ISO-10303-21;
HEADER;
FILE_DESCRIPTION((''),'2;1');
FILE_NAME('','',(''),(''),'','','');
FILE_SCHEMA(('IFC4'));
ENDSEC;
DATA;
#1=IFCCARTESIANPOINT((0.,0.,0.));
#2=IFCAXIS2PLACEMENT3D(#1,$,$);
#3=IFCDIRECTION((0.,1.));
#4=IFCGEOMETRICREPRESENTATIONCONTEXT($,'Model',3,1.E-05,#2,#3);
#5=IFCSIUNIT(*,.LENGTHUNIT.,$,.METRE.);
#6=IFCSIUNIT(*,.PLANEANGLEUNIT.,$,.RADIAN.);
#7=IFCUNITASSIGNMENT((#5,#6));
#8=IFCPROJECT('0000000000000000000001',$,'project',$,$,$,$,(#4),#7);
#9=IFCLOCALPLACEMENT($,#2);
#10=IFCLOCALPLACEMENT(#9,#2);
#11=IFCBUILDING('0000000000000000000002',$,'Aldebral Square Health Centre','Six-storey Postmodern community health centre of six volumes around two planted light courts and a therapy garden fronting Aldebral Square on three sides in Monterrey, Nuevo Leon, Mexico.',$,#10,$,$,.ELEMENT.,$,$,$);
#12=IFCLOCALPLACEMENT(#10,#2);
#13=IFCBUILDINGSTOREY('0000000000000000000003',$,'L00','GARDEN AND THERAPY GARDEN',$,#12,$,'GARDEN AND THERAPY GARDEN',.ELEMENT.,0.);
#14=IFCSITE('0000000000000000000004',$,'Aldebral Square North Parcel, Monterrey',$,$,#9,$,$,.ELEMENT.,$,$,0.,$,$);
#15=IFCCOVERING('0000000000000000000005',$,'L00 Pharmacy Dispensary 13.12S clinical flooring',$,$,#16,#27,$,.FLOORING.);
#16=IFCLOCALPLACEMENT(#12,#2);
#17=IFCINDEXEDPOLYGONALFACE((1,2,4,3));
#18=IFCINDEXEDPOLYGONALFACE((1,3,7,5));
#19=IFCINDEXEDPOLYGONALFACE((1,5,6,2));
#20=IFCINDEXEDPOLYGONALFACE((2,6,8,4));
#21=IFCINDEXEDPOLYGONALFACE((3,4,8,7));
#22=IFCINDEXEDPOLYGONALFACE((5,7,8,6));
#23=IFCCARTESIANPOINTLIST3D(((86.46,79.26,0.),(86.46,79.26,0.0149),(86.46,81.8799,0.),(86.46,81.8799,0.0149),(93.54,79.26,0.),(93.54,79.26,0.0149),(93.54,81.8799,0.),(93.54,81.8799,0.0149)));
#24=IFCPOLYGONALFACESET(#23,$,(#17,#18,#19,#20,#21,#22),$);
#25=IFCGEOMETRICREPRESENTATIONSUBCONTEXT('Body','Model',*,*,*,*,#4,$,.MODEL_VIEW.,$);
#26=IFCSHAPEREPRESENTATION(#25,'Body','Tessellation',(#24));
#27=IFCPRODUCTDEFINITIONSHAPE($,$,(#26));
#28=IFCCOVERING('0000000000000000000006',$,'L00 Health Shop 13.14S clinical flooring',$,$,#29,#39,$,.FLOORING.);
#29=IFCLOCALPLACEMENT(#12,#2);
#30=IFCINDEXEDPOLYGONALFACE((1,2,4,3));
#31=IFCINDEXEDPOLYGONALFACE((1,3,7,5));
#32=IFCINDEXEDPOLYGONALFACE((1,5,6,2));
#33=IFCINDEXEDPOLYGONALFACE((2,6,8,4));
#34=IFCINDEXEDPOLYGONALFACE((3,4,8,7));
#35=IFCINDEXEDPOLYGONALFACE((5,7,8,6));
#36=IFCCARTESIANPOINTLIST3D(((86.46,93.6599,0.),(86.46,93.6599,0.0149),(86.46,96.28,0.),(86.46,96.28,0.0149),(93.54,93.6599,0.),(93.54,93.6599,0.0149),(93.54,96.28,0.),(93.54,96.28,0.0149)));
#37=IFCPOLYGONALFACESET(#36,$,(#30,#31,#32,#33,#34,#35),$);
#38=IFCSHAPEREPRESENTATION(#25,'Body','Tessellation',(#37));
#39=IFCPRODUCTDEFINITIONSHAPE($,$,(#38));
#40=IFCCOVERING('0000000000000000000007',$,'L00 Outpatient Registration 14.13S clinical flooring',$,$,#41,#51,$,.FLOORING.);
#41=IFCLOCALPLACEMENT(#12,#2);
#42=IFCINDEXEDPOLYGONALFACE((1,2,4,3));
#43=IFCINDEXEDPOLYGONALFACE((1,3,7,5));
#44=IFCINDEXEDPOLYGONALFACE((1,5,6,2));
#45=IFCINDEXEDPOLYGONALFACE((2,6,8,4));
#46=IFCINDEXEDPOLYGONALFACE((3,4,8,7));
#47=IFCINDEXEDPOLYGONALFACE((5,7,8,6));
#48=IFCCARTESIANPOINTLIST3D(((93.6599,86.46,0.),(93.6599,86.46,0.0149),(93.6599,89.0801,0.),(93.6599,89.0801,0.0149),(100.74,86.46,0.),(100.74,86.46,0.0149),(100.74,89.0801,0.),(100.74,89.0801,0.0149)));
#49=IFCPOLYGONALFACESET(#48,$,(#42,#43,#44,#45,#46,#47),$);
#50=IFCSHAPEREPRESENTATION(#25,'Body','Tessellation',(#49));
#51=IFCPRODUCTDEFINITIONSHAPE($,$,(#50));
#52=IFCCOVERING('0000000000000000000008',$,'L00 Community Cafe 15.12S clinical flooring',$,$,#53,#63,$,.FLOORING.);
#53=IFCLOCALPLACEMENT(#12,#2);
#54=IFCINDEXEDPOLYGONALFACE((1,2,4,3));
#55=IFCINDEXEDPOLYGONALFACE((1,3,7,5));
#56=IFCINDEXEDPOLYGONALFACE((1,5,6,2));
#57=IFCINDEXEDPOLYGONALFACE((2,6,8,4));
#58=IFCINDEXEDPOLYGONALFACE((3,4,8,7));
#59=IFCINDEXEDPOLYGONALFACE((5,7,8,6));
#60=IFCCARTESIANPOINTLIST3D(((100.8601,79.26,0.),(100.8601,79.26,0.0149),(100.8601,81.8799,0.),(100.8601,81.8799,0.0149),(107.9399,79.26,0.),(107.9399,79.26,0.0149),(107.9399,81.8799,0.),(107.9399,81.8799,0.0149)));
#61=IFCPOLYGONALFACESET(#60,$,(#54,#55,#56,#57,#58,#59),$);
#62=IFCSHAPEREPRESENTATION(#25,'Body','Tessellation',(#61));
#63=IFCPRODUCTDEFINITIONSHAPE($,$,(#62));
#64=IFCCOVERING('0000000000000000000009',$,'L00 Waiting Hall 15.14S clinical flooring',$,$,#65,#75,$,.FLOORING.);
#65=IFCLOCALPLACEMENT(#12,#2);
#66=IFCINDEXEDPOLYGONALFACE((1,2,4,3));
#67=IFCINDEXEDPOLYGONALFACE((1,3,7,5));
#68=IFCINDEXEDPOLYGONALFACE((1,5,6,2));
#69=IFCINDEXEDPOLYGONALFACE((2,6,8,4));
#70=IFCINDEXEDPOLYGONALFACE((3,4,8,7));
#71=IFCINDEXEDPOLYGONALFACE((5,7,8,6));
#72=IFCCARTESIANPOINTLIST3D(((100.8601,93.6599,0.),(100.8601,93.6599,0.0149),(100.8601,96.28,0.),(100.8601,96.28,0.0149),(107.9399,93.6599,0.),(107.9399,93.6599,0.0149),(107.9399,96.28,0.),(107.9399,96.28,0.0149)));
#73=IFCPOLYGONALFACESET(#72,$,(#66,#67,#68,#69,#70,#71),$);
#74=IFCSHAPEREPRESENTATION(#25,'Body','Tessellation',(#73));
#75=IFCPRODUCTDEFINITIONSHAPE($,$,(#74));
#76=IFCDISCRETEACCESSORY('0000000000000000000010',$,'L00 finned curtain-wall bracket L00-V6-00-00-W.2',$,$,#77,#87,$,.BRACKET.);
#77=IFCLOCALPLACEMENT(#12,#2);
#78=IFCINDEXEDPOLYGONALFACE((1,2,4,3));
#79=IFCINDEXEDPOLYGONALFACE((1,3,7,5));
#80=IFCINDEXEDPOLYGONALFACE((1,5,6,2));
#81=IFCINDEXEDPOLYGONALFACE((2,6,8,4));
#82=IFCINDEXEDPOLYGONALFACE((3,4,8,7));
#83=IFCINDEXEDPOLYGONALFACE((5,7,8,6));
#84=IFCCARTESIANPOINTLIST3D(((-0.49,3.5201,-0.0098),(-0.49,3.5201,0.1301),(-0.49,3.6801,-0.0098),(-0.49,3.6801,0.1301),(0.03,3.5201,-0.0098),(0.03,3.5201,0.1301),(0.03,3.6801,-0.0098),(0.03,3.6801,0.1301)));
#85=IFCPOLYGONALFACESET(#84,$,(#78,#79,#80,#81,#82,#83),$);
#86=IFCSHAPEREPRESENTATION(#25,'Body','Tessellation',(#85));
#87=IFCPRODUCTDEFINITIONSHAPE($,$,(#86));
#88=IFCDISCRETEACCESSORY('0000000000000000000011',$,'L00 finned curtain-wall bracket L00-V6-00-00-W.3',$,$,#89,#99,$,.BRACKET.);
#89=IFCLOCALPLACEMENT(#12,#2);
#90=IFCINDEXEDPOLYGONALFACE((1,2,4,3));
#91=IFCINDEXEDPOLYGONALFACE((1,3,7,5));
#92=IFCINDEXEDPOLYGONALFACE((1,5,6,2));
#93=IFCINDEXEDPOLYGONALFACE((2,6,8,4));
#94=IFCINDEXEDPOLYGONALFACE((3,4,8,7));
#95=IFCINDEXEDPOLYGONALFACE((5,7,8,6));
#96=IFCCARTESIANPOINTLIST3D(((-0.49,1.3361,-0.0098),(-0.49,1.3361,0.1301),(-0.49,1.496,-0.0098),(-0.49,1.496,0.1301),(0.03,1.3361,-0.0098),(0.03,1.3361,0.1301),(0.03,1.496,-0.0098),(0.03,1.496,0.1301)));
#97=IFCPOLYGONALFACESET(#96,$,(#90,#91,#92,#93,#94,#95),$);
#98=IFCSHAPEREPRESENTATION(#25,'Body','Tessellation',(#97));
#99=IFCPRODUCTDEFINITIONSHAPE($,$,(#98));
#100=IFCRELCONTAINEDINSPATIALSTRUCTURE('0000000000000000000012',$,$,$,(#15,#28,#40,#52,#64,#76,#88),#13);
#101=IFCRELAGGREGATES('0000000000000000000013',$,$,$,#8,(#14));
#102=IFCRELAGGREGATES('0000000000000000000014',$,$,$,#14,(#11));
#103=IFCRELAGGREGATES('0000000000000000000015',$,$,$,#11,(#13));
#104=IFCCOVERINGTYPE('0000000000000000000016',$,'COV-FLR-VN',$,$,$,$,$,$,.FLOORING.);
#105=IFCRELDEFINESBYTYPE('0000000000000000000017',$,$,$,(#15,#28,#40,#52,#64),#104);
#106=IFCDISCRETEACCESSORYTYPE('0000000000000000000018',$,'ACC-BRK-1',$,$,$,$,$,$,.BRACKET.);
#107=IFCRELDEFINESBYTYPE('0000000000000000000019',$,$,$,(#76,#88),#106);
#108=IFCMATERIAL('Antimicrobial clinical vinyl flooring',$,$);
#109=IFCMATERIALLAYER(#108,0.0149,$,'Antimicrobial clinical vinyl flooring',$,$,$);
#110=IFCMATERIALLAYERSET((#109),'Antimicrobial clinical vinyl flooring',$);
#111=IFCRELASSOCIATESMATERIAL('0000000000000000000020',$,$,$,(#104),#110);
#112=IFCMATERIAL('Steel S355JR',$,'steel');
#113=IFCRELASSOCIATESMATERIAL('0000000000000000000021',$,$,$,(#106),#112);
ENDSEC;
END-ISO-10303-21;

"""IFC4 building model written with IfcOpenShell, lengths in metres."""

from ifc_helpers import new_model, si_unit, direction, frame, origin, origin_2d, place, context, subcontext, project, spatial, polyline, rectangle, outline, extrude, material, layer, layer_set, type_object, element, save


model = new_model("IFC4")

# Units and contexts
model_context = context("Model", 3, precision=1e-05, world=origin(), true_north=direction((0.0, 1.0)))
body_context = subcontext(model_context, "Body", "Model", "MODEL_VIEW")
ifc_project = project(units=[si_unit("LENGTHUNIT", "METRE"), si_unit("PLANEANGLEUNIT", "RADIAN")], contexts=[model_context])

# Site, building, storey
site_placement = place(None, origin())
site = spatial("IfcSite", under=ifc_project, at=site_placement, Name="Aldebral Square North Parcel, Monterrey", CompositionType="ELEMENT", RefElevation=0.0)
building_placement = place(site_placement, origin())
building = spatial("IfcBuilding", under=site, at=building_placement, Name="Aldebral Square Health Centre", Description="Six-storey Postmodern community health centre of six volumes around two planted light courts and a therapy garden fronting Aldebral Square on three sides in Monterrey, Nuevo Leon, Mexico.", CompositionType="ELEMENT")
storey_placement = place(building_placement, origin())
storey = spatial("IfcBuildingStorey", under=building, at=storey_placement, Name="L00", Description="GARDEN AND THERAPY GARDEN", LongName="GARDEN AND THERAPY GARDEN", CompositionType="ELEMENT", Elevation=0.0)

# Coverings
ifc_material_1 = material(Name="Antimicrobial clinical vinyl flooring")
ifc_layer_1 = layer(ifc_material_1, 0.0149, Name="Antimicrobial clinical vinyl flooring")
ifc_layer_set_1 = layer_set([ifc_layer_1], Name="Antimicrobial clinical vinyl flooring")
covering_type = type_object("IfcCoveringType", Name="COV-FLR-VN", PredefinedType="FLOORING", material=ifc_layer_set_1)
covering_1_placement = place(storey_placement, origin())
element("IfcCovering", 1, at=covering_1_placement, inside=storey, type_object=covering_type, Name="L00 Pharmacy Dispensary 13.12S clinical flooring", PredefinedType="FLOORING", context=body_context, shape_type="SweptSolid", body=[
    extrude(outline(polyline([(86.46, 79.26), (93.54, 79.26), (93.54, 81.8799), (86.46, 81.8799), (86.46, 79.26)])), origin(), (0.0, 0.0, 1.0), 0.0149),
])
covering_2_placement = place(storey_placement, origin())
element("IfcCovering", 2, at=covering_2_placement, inside=storey, type_object=covering_type, Name="L00 Health Shop 13.14S clinical flooring", PredefinedType="FLOORING", context=body_context, shape_type="SweptSolid", body=[
    extrude(outline(polyline([(86.46, 93.6599), (93.54, 93.6599), (93.54, 96.28), (86.46, 96.28), (86.46, 93.6599)])), origin(), (0.0, 0.0, 1.0), 0.0149),
])
covering_3_placement = place(storey_placement, origin())
element("IfcCovering", 3, at=covering_3_placement, inside=storey, type_object=covering_type, Name="L00 Outpatient Registration 14.13S clinical flooring", PredefinedType="FLOORING", context=body_context, shape_type="SweptSolid", body=[
    extrude(outline(polyline([(93.6599, 86.46), (100.74, 86.46), (100.74, 89.0801), (93.6599, 89.0801), (93.6599, 86.46)])), origin(), (0.0, 0.0, 1.0), 0.0149),
])
covering_4_placement = place(storey_placement, origin())
element("IfcCovering", 4, at=covering_4_placement, inside=storey, type_object=covering_type, Name="L00 Community Cafe 15.12S clinical flooring", PredefinedType="FLOORING", context=body_context, shape_type="SweptSolid", body=[
    extrude(outline(polyline([(100.8601, 79.26), (107.9399, 79.26), (107.9399, 81.8799), (100.8601, 81.8799), (100.8601, 79.26)])), origin(), (0.0, 0.0, 1.0), 0.0149),
])
covering_5_placement = place(storey_placement, origin())
element("IfcCovering", 5, at=covering_5_placement, inside=storey, type_object=covering_type, Name="L00 Waiting Hall 15.14S clinical flooring", PredefinedType="FLOORING", context=body_context, shape_type="SweptSolid", body=[
    extrude(outline(polyline([(100.8601, 93.6599), (107.9399, 93.6599), (107.9399, 96.28), (100.8601, 96.28), (100.8601, 93.6599)])), origin(), (0.0, 0.0, 1.0), 0.0149),
])

# Discrete accessories
ifc_material_2 = material(Name="Steel S355JR", Category="steel")
discrete_accessory_type = type_object("IfcDiscreteAccessoryType", Name="ACC-BRK-1", PredefinedType="BRACKET", material=ifc_material_2)
for number, where, z_axis, x_axis, name in (
    (6, (-0.23, 3.6001, -0.0098), (0.0, 0.0, 1.0), (0.0, 1.0, 0.0), "L00 finned curtain-wall bracket L00-V6-00-00-W.2"),
    (7, (-0.23, 1.416, -0.0098), (0.0, 0.0, 1.0), (0.0, 1.0, 0.0), "L00 finned curtain-wall bracket L00-V6-00-00-W.3"),
):
    element("IfcDiscreteAccessory", number, at=place(storey_placement, frame(where, z_axis=z_axis, x_axis=x_axis)), inside=storey, type_object=discrete_accessory_type, Name=name, PredefinedType="BRACKET", context=body_context, shape_type="SweptSolid", body=[
        extrude(rectangle(XDim=0.1599, YDim=0.52, at=origin_2d()), origin(), (0.0, 0.0, 1.0), 0.1399),
    ])

save(model, "model.ifc")
